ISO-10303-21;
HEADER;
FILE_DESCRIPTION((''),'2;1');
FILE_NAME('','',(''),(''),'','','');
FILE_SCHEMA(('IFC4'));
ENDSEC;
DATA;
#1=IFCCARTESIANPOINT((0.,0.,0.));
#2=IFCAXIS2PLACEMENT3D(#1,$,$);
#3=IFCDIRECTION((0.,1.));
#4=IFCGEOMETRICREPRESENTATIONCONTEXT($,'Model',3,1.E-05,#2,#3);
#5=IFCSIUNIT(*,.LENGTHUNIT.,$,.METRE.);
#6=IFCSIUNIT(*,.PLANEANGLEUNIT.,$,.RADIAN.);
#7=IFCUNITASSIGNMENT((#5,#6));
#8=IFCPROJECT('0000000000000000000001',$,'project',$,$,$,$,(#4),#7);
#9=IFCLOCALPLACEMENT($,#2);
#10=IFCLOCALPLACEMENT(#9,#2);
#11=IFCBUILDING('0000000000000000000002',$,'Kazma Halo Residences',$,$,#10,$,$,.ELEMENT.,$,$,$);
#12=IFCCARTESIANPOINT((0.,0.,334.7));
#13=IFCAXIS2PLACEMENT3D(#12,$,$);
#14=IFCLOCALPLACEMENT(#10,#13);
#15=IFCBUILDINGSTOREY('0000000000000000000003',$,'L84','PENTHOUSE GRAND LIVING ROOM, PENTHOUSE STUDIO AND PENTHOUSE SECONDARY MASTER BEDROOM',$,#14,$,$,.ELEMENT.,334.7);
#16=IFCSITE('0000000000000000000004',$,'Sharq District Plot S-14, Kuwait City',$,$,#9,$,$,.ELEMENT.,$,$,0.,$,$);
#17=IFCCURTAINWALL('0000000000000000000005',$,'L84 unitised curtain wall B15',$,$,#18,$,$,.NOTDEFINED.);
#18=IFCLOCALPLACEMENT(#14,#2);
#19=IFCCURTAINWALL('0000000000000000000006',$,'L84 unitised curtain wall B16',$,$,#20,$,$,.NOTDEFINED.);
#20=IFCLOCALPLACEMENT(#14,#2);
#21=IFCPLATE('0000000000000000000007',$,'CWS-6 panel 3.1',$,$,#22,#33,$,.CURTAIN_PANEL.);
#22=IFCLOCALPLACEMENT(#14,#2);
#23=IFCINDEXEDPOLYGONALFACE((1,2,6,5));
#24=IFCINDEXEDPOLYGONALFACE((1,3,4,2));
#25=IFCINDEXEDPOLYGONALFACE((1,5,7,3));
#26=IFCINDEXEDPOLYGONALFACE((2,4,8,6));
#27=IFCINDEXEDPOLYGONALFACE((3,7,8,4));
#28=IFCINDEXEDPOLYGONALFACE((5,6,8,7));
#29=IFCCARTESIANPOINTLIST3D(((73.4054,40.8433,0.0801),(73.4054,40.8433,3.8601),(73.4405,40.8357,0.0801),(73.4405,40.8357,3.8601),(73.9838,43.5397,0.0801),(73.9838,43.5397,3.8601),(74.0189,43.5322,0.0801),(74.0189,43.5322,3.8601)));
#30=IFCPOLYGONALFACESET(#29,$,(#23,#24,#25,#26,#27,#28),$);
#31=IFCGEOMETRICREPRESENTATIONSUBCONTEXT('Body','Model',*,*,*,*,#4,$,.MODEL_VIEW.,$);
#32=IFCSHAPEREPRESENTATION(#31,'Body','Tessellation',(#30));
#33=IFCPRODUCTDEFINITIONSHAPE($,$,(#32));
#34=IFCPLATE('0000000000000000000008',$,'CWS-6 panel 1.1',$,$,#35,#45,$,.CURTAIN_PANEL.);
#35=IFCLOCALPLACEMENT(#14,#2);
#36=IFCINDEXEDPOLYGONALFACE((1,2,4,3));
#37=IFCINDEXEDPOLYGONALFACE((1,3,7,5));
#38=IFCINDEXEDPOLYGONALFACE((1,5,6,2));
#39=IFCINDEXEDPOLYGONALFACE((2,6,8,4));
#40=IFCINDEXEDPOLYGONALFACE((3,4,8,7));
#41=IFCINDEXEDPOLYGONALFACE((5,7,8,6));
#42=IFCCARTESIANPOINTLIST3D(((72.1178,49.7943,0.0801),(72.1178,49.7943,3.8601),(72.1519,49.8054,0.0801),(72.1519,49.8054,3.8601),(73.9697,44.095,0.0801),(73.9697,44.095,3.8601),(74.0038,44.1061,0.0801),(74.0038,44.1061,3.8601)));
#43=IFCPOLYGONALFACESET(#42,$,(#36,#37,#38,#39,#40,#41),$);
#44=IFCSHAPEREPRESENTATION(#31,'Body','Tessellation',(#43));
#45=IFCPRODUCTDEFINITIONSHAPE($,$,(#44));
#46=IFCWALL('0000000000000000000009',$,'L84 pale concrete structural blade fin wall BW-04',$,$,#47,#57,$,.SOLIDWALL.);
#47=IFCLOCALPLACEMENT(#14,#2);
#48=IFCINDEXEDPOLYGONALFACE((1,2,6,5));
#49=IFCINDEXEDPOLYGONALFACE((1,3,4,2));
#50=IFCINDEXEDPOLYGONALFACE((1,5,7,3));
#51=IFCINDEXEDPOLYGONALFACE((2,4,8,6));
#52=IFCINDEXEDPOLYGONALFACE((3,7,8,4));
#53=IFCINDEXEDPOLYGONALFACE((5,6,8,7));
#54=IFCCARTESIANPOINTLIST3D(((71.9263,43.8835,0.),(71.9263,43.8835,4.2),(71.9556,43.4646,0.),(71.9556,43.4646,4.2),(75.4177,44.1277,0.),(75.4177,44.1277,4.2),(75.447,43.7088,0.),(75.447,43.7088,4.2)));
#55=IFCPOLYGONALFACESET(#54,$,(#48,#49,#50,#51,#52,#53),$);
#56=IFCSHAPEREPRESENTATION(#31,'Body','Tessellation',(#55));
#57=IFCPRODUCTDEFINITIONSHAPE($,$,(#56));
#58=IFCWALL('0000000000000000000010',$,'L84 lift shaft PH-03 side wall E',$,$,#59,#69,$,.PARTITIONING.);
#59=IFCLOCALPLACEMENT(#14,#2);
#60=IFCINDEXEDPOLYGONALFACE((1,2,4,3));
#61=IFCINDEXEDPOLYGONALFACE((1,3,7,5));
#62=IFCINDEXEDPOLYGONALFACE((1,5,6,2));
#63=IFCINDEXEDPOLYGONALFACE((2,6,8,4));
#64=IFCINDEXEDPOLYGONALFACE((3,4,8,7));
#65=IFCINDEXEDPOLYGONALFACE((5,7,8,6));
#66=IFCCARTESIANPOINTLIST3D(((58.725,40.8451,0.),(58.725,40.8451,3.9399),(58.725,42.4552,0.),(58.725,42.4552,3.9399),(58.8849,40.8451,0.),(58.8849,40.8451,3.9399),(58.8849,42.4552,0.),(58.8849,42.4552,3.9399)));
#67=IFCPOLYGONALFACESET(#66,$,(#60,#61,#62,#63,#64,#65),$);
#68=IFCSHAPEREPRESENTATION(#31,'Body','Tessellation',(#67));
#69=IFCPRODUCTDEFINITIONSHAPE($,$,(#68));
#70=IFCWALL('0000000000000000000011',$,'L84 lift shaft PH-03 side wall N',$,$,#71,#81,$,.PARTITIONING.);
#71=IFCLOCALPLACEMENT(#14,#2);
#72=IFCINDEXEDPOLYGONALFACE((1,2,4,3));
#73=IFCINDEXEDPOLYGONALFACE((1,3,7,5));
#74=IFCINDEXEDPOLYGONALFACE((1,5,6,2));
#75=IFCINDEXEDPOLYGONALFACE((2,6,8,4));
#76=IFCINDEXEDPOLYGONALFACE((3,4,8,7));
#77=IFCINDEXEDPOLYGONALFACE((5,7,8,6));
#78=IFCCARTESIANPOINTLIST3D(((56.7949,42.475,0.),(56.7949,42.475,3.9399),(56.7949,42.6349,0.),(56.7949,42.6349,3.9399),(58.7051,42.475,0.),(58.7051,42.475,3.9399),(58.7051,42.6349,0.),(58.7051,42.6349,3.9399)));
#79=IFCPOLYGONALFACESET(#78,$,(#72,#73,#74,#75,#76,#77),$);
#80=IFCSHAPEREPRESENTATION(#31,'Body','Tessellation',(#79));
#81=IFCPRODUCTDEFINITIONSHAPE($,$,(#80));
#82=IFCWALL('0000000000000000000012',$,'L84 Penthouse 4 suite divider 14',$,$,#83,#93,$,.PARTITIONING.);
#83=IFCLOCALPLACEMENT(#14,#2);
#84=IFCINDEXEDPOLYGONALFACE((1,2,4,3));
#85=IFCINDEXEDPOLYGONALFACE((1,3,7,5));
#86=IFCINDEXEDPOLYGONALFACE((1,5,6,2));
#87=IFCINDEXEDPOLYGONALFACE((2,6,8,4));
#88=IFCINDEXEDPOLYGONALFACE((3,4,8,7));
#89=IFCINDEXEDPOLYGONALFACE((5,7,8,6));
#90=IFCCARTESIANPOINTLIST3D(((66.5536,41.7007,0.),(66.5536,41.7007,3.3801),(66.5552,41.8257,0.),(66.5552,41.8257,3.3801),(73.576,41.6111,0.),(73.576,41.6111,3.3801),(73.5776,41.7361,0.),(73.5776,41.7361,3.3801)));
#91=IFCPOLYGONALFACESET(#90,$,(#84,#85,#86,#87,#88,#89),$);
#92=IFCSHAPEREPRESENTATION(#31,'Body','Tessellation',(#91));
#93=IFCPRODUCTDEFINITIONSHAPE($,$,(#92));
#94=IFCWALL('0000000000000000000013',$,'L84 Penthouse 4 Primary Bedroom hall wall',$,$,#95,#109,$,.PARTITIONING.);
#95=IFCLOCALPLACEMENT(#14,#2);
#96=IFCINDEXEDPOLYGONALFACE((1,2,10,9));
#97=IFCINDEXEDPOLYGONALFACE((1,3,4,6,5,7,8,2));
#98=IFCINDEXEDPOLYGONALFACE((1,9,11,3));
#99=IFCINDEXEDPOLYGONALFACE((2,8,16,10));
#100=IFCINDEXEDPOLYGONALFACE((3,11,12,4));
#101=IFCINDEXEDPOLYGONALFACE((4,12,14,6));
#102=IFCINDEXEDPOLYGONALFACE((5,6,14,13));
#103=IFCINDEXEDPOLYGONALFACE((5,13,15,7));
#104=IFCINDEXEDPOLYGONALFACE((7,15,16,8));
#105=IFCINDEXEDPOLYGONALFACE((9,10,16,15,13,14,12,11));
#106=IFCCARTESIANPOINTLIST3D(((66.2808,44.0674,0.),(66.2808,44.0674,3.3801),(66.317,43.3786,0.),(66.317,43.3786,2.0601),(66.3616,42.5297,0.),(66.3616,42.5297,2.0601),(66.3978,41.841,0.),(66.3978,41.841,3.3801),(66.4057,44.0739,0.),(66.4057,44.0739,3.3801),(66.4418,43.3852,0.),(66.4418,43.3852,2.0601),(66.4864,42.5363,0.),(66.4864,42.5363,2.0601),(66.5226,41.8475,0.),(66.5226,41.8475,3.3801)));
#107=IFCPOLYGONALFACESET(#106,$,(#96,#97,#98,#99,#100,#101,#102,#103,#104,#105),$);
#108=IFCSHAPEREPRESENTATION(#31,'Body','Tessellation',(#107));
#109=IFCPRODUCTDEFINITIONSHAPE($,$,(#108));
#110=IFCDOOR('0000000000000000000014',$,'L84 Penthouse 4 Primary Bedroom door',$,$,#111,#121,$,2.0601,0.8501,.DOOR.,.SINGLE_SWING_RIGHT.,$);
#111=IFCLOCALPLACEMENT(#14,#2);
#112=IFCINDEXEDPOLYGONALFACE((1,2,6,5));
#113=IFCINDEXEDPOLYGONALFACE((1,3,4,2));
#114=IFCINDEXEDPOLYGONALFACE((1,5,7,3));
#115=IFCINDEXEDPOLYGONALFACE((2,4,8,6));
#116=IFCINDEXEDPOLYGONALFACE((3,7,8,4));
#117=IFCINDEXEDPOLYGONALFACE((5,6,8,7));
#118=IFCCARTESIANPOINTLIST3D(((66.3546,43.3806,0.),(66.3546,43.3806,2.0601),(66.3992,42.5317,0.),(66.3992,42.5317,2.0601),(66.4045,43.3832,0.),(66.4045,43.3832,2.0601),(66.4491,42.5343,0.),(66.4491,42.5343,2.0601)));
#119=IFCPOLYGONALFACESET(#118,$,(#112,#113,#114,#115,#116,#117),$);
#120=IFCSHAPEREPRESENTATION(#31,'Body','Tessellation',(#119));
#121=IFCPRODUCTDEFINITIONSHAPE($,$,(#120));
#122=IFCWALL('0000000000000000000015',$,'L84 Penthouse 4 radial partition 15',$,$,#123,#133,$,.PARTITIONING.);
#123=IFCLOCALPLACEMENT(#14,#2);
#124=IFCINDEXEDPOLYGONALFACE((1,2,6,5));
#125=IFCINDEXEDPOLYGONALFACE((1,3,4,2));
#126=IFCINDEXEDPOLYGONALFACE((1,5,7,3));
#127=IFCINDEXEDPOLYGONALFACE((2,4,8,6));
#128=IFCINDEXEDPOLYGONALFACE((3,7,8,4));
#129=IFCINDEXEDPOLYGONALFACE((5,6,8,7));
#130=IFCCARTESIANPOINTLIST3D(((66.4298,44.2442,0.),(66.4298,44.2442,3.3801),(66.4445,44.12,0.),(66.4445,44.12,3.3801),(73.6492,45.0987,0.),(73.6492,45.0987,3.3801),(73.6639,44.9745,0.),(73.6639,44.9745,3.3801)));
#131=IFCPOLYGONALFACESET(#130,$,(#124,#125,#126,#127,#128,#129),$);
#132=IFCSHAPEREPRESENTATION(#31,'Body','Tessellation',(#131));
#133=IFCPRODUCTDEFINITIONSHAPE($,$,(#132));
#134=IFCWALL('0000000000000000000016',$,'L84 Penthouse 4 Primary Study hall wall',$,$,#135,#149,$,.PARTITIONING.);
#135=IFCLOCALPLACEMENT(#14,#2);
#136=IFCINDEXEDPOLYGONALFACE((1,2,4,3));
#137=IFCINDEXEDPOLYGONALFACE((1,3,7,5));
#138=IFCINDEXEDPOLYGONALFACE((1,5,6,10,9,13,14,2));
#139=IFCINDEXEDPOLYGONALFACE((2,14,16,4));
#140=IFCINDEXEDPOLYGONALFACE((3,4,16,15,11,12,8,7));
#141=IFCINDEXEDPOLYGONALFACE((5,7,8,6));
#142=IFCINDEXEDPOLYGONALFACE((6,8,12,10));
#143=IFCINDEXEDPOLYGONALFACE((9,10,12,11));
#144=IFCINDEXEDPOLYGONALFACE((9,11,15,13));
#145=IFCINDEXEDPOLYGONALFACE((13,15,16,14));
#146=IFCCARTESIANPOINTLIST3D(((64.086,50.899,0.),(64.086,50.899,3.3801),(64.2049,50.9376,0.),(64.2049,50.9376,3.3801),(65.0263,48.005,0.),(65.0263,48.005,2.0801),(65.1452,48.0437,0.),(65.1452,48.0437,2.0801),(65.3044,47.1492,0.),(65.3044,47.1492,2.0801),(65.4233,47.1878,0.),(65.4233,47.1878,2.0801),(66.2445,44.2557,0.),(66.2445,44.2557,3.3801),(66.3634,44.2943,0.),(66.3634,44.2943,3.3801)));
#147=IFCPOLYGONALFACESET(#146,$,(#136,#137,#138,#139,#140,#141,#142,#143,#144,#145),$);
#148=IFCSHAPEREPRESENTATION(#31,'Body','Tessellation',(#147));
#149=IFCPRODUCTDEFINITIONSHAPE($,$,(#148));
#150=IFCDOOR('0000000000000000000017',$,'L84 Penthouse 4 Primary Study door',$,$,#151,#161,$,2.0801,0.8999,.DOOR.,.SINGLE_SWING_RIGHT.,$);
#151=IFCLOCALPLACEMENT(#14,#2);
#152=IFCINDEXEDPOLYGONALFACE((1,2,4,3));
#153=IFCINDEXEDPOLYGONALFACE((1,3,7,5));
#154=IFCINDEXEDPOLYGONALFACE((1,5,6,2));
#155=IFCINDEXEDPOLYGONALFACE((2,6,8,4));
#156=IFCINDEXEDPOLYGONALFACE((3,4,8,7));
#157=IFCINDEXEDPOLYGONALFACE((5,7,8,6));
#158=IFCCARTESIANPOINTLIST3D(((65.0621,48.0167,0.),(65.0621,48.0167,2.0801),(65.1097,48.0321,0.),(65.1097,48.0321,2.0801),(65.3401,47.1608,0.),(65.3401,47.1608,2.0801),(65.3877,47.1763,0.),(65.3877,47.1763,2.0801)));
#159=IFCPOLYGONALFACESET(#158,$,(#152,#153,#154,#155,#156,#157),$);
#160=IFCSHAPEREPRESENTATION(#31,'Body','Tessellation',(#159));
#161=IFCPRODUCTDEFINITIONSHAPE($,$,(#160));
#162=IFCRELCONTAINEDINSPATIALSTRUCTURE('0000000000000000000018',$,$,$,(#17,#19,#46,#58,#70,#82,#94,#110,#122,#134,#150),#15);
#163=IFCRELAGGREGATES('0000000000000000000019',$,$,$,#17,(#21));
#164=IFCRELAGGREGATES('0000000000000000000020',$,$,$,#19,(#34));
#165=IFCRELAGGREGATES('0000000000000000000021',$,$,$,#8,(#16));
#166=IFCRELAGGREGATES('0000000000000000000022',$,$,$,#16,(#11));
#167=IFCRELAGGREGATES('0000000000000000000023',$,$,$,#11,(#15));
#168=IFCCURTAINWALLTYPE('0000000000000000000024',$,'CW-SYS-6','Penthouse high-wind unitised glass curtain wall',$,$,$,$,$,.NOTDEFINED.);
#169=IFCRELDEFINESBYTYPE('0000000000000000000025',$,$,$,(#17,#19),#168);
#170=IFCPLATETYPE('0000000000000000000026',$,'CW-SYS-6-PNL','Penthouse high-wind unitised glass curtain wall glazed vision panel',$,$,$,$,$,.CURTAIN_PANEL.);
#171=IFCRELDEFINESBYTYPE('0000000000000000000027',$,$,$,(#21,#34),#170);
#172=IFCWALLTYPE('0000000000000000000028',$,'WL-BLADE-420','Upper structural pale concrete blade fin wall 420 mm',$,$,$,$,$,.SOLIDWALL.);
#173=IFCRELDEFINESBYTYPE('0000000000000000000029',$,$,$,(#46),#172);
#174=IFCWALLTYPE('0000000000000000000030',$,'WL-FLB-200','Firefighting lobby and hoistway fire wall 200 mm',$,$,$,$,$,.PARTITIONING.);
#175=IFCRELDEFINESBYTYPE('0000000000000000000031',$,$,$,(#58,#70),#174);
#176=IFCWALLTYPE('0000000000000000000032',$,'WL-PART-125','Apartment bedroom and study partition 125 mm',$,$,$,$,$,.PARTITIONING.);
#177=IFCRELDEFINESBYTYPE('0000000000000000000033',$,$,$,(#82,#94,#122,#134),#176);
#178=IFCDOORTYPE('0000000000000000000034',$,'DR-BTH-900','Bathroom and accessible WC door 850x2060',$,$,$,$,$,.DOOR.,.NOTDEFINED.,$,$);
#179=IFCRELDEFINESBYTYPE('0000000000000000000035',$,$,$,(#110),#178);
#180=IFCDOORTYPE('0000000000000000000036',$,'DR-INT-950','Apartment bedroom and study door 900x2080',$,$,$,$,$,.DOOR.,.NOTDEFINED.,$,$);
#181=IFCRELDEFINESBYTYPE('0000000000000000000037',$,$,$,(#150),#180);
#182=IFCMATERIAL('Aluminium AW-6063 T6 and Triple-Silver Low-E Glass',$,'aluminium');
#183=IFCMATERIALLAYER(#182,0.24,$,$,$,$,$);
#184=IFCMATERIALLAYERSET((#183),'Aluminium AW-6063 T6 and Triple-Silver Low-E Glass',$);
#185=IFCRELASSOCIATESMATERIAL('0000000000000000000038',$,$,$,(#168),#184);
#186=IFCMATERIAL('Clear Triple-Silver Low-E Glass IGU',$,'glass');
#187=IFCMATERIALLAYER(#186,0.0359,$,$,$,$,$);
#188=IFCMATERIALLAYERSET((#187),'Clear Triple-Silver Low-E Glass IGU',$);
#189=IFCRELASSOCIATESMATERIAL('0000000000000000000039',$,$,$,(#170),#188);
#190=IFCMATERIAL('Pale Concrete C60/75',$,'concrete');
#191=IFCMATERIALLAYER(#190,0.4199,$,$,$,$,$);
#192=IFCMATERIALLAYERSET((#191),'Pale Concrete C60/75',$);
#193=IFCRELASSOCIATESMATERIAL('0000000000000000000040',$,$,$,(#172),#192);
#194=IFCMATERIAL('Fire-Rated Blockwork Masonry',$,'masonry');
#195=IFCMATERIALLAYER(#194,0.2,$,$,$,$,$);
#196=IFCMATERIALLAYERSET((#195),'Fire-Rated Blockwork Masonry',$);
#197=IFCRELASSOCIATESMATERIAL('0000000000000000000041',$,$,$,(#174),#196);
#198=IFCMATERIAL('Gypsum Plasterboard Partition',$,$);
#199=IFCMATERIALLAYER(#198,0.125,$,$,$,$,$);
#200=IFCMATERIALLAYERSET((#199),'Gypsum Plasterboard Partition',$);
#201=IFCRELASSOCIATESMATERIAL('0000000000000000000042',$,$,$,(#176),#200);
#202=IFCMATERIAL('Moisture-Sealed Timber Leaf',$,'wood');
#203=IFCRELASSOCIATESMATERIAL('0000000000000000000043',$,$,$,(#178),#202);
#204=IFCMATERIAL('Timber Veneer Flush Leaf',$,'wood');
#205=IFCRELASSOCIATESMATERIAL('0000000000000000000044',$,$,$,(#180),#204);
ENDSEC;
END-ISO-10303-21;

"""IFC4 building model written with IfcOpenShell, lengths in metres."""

from ifc_helpers import new_model, si_unit, direction, frame, frame_2d, origin, origin_2d, place, context, subcontext, project, spatial, rectangle, extrude, material, layer, layer_set, type_object, element, fill, aggregate, save


model = new_model("IFC4")

# Units and contexts
model_context = context("Model", 3, precision=1e-05, world=origin(), true_north=direction((0.0, 1.0)))
body_context = subcontext(model_context, "Body", "Model", "MODEL_VIEW")
ifc_project = project(units=[si_unit("LENGTHUNIT", "METRE"), si_unit("PLANEANGLEUNIT", "RADIAN")], contexts=[model_context])

# Site, building, storey
site_placement = place(None, origin())
site = spatial("IfcSite", under=ifc_project, at=site_placement, Name="Sharq District Plot S-14, Kuwait City", CompositionType="ELEMENT", RefElevation=0.0)
building_placement = place(site_placement, origin())
building = spatial("IfcBuilding", under=site, at=building_placement, Name="Kazma Halo Residences", CompositionType="ELEMENT")
storey_placement = place(building_placement, frame((0.0, 0.0, 334.7)))
storey = spatial("IfcBuildingStorey", under=building, at=storey_placement, Name="L84", Description="PENTHOUSE GRAND LIVING ROOM, PENTHOUSE STUDIO AND PENTHOUSE SECONDARY MASTER BEDROOM", CompositionType="ELEMENT", Elevation=334.7)

# Curtain wall
ifc_material_1 = material(Name="Aluminium AW-6063 T6 and Triple-Silver Low-E Glass", Category="aluminium")
ifc_layer_1 = layer(ifc_material_1, 0.24)
ifc_layer_set_1 = layer_set([ifc_layer_1], Name="Aluminium AW-6063 T6 and Triple-Silver Low-E Glass")
curtain_wall_type = type_object("IfcCurtainWallType", Name="CW-SYS-6", Description="Penthouse high-wind unitised glass curtain wall", PredefinedType="NOTDEFINED", material=ifc_layer_set_1)
curtain_wall_1_placement = place(storey_placement, origin())
curtain_wall_1 = element("IfcCurtainWall", 1, at=curtain_wall_1_placement, inside=storey, type_object=curtain_wall_type, Name="L84 unitised curtain wall B15", PredefinedType="NOTDEFINED")

# Curtain wall
curtain_wall_2_placement = place(storey_placement, origin())
curtain_wall_2 = element("IfcCurtainWall", 2, at=curtain_wall_2_placement, inside=storey, type_object=curtain_wall_type, Name="L84 unitised curtain wall B16", PredefinedType="NOTDEFINED")

# Plates
ifc_material_2 = material(Name="Clear Triple-Silver Low-E Glass IGU", Category="glass")
ifc_layer_2 = layer(ifc_material_2, 0.0359)
ifc_layer_set_2 = layer_set([ifc_layer_2], Name="Clear Triple-Silver Low-E Glass IGU")
plate_type = type_object("IfcPlateType", Name="CW-SYS-6-PNL", Description="Penthouse high-wind unitised glass curtain wall glazed vision panel", PredefinedType="CURTAIN_PANEL", material=ifc_layer_set_2)
plate_1_placement = place(storey_placement, frame((73.7122, 42.1877, 0.0801), z_axis=(0.0, 0.0, 1.0), x_axis=(0.209723, 0.977761, 0.0)))
plate_1 = element("IfcPlate", 3, at=plate_1_placement, type_object=plate_type, Name="CWS-6 panel 3.1", PredefinedType="CURTAIN_PANEL", context=body_context, shape_type="SweptSolid", body=[
    extrude(rectangle(XDim=2.7578, YDim=0.0359, at=origin_2d()), origin(), (0.0, 0.0, 1.0), 3.78),
])
aggregate(curtain_wall_1, [plate_1])
plate_2_placement = place(storey_placement, frame((73.0608, 46.9502, 0.0801), z_axis=(0.0, 0.0, 1.0), x_axis=(-0.309019, 0.951056, 0.0)))
plate_2 = element("IfcPlate", 4, at=plate_2_placement, type_object=plate_type, Name="CWS-6 panel 1.1", PredefinedType="CURTAIN_PANEL", context=body_context, shape_type="SweptSolid", body=[
    extrude(rectangle(XDim=5.9927, YDim=0.0359, at=origin_2d()), origin(), (0.0, 0.0, 1.0), 3.78),
])
aggregate(curtain_wall_2, [plate_2])

# Walls
ifc_material_3 = material(Name="Pale Concrete C60/75", Category="concrete")
ifc_layer_3 = layer(ifc_material_3, 0.4199)
ifc_layer_set_3 = layer_set([ifc_layer_3], Name="Pale Concrete C60/75")
wall_type_1 = type_object("IfcWallType", Name="WL-BLADE-420", Description="Upper structural pale concrete blade fin wall 420 mm", PredefinedType="SOLIDWALL", material=ifc_layer_set_3)
wall_1_placement = place(storey_placement, frame((71.9409, 43.6741, 0.0), z_axis=(0.0, 0.0, 1.0), x_axis=(0.997564, 0.069755, 0.0)))
element("IfcWall", 5, at=wall_1_placement, inside=storey, type_object=wall_type_1, Name="L84 pale concrete structural blade fin wall BW-04", PredefinedType="SOLIDWALL", context=body_context, shape_type="SweptSolid", body=[
    extrude(rectangle(XDim=3.5, YDim=0.4199, at=frame_2d((1.75, 0.0))), origin(), (0.0, 0.0, 1.0), 4.2),
])
ifc_material_4 = material(Name="Fire-Rated Blockwork Masonry", Category="masonry")
ifc_layer_4 = layer(ifc_material_4, 0.2)
ifc_layer_set_4 = layer_set([ifc_layer_4], Name="Fire-Rated Blockwork Masonry")
wall_type_2 = type_object("IfcWallType", Name="WL-FLB-200", Description="Firefighting lobby and hoistway fire wall 200 mm", PredefinedType="PARTITIONING", material=ifc_layer_set_4)
wall_2_placement = place(storey_placement, frame((58.8049, 40.845, 0.0), z_axis=(0.0, 0.0, 1.0), x_axis=(0.0, 1.0, 0.0)))
element("IfcWall", 6, at=wall_2_placement, inside=storey, type_object=wall_type_2, Name="L84 lift shaft PH-03 side wall E", PredefinedType="PARTITIONING", context=body_context, shape_type="SweptSolid", body=[
    extrude(rectangle(XDim=1.6101, YDim=0.1599, at=frame_2d((0.8052, 0.0))), origin(), (0.0, 0.0, 1.0), 3.9399),
])
wall_3_placement = place(storey_placement, frame((56.7949, 42.5549, 0.0), z_axis=(0.0, 0.0, 1.0), x_axis=(1.0, 0.0, 0.0)))
element("IfcWall", 7, at=wall_3_placement, inside=storey, type_object=wall_type_2, Name="L84 lift shaft PH-03 side wall N", PredefinedType="PARTITIONING", context=body_context, shape_type="SweptSolid", body=[
    extrude(rectangle(XDim=1.9102, YDim=0.1599, at=frame_2d((0.9551, 0.0))), origin(), (0.0, 0.0, 1.0), 3.9399),
])
ifc_material_5 = material(Name="Gypsum Plasterboard Partition")
ifc_layer_5 = layer(ifc_material_5, 0.125)
ifc_layer_set_5 = layer_set([ifc_layer_5], Name="Gypsum Plasterboard Partition")
wall_type_3 = type_object("IfcWallType", Name="WL-PART-125", Description="Apartment bedroom and study partition 125 mm", PredefinedType="PARTITIONING", material=ifc_layer_set_5)
wall_4_placement = place(storey_placement, frame((66.5544, 41.7632, 0.0), z_axis=(0.0, 0.0, 1.0), x_axis=(0.999919, -0.012758, 0.0)))
element("IfcWall", 8, at=wall_4_placement, inside=storey, type_object=wall_type_3, Name="L84 Penthouse 4 suite divider 14", PredefinedType="PARTITIONING", context=body_context, shape_type="SweptSolid", body=[
    extrude(rectangle(XDim=7.0229, YDim=0.125, at=frame_2d((3.5115, 0.0))), origin(), (0.0, 0.0, 1.0), 3.3801),
])

# Wall, opening, door
wall_5_placement = place(storey_placement, frame((66.4602, 41.8442, 0.0), z_axis=(0.0, 0.0, 1.0), x_axis=(-0.052455, 0.998623, 0.0)))
wall_5 = element("IfcWall", 9, at=wall_5_placement, inside=storey, type_object=wall_type_3, Name="L84 Penthouse 4 Primary Bedroom hall wall", PredefinedType="PARTITIONING", context=body_context, shape_type="SweptSolid", body=[
    extrude(rectangle(XDim=2.2295, YDim=0.125, at=frame_2d((1.1147, 0.0))), origin(), (0.0, 0.0, 1.0), 3.3801),
])
opening_1_placement = place(wall_5_placement, frame((0.6897, 0.0, 0.0)))
opening_1 = element("IfcOpeningElement", 10, at=opening_1_placement, cuts=wall_5, PredefinedType="OPENING", context=body_context, shape_type="SweptSolid", body=[
    extrude(rectangle(XDim=0.8501, YDim=2.0601, at=frame_2d((0.425, 1.03))), frame((0.0, 0.0725, 0.0), z_axis=(0.0, -1.0, 0.0), x_axis=(1.0, 0.0, 0.0)), (0.0, 0.0, 1.0), 0.145),
])
ifc_material_6 = material(Name="Moisture-Sealed Timber Leaf", Category="wood")
door_type_1 = type_object("IfcDoorType", Name="DR-BTH-900", Description="Bathroom and accessible WC door 850x2060", OperationType="NOTDEFINED", PredefinedType="DOOR", material=ifc_material_6)
door_1_placement = place(opening_1_placement, origin())
door_1 = element("IfcDoor", 11, at=door_1_placement, inside=storey, type_object=door_type_1, Name="L84 Penthouse 4 Primary Bedroom door", OperationType="SINGLE_SWING_RIGHT", OverallHeight=2.0601, OverallWidth=0.8501, PredefinedType="DOOR", context=body_context, shape_type="SweptSolid", body=[
    extrude(rectangle(XDim=0.8501, YDim=2.0601, at=frame_2d((0.425, 1.03))), frame((0.0, 0.0249, 0.0), z_axis=(0.0, -1.0, 0.0), x_axis=(1.0, 0.0, 0.0)), (0.0, 0.0, 1.0), 0.05),
])
fill(opening_1, door_1)

# Wall
wall_6_placement = place(storey_placement, frame((66.4373, 44.1821, 0.0), z_axis=(0.0, 0.0, 1.0), x_axis=(0.993068, 0.117539, 0.0)))
element("IfcWall", 12, at=wall_6_placement, inside=storey, type_object=wall_type_3, Name="L84 Penthouse 4 radial partition 15", PredefinedType="PARTITIONING", context=body_context, shape_type="SweptSolid", body=[
    extrude(rectangle(XDim=7.2698, YDim=0.125, at=frame_2d((3.6348, 0.0))), origin(), (0.0, 0.0, 1.0), 3.3801),
])

# Wall, opening, door
wall_7_placement = place(storey_placement, frame((66.304, 44.2749, 0.0), z_axis=(0.0, 0.0, 1.0), x_axis=(-0.309005, 0.951061, 0.0)))
wall_7 = element("IfcWall", 13, at=wall_7_placement, inside=storey, type_object=wall_type_3, Name="L84 Penthouse 4 Primary Study hall wall", PredefinedType="PARTITIONING", context=body_context, shape_type="SweptSolid", body=[
    extrude(rectangle(XDim=6.9851, YDim=0.125, at=frame_2d((3.4927, 0.0))), origin(), (0.0, 0.0, 1.0), 3.3801),
])
opening_2_placement = place(wall_7_placement, frame((3.0425, 0.0, 0.0)))
opening_2 = element("IfcOpeningElement", 14, at=opening_2_placement, cuts=wall_7, PredefinedType="OPENING", context=body_context, shape_type="SweptSolid", body=[
    extrude(rectangle(XDim=0.8999, YDim=2.0801, at=frame_2d((0.45, 1.04))), frame((0.0, 0.0725, 0.0), z_axis=(0.0, -1.0, 0.0), x_axis=(1.0, 0.0, 0.0)), (0.0, 0.0, 1.0), 0.145),
])
ifc_material_7 = material(Name="Timber Veneer Flush Leaf", Category="wood")
door_type_2 = type_object("IfcDoorType", Name="DR-INT-950", Description="Apartment bedroom and study door 900x2080", OperationType="NOTDEFINED", PredefinedType="DOOR", material=ifc_material_7)
door_2_placement = place(opening_2_placement, origin())
door_2 = element("IfcDoor", 15, at=door_2_placement, inside=storey, type_object=door_type_2, Name="L84 Penthouse 4 Primary Study door", OperationType="SINGLE_SWING_RIGHT", OverallHeight=2.0801, OverallWidth=0.8999, PredefinedType="DOOR", context=body_context, shape_type="SweptSolid", body=[
    extrude(rectangle(XDim=0.8999, YDim=2.0801, at=frame_2d((0.45, 1.04))), frame((0.0, 0.0249, 0.0), z_axis=(0.0, -1.0, 0.0), x_axis=(1.0, 0.0, 0.0)), (0.0, 0.0, 1.0), 0.05),
])
fill(opening_2, door_2)

save(model, "model.ifc")
